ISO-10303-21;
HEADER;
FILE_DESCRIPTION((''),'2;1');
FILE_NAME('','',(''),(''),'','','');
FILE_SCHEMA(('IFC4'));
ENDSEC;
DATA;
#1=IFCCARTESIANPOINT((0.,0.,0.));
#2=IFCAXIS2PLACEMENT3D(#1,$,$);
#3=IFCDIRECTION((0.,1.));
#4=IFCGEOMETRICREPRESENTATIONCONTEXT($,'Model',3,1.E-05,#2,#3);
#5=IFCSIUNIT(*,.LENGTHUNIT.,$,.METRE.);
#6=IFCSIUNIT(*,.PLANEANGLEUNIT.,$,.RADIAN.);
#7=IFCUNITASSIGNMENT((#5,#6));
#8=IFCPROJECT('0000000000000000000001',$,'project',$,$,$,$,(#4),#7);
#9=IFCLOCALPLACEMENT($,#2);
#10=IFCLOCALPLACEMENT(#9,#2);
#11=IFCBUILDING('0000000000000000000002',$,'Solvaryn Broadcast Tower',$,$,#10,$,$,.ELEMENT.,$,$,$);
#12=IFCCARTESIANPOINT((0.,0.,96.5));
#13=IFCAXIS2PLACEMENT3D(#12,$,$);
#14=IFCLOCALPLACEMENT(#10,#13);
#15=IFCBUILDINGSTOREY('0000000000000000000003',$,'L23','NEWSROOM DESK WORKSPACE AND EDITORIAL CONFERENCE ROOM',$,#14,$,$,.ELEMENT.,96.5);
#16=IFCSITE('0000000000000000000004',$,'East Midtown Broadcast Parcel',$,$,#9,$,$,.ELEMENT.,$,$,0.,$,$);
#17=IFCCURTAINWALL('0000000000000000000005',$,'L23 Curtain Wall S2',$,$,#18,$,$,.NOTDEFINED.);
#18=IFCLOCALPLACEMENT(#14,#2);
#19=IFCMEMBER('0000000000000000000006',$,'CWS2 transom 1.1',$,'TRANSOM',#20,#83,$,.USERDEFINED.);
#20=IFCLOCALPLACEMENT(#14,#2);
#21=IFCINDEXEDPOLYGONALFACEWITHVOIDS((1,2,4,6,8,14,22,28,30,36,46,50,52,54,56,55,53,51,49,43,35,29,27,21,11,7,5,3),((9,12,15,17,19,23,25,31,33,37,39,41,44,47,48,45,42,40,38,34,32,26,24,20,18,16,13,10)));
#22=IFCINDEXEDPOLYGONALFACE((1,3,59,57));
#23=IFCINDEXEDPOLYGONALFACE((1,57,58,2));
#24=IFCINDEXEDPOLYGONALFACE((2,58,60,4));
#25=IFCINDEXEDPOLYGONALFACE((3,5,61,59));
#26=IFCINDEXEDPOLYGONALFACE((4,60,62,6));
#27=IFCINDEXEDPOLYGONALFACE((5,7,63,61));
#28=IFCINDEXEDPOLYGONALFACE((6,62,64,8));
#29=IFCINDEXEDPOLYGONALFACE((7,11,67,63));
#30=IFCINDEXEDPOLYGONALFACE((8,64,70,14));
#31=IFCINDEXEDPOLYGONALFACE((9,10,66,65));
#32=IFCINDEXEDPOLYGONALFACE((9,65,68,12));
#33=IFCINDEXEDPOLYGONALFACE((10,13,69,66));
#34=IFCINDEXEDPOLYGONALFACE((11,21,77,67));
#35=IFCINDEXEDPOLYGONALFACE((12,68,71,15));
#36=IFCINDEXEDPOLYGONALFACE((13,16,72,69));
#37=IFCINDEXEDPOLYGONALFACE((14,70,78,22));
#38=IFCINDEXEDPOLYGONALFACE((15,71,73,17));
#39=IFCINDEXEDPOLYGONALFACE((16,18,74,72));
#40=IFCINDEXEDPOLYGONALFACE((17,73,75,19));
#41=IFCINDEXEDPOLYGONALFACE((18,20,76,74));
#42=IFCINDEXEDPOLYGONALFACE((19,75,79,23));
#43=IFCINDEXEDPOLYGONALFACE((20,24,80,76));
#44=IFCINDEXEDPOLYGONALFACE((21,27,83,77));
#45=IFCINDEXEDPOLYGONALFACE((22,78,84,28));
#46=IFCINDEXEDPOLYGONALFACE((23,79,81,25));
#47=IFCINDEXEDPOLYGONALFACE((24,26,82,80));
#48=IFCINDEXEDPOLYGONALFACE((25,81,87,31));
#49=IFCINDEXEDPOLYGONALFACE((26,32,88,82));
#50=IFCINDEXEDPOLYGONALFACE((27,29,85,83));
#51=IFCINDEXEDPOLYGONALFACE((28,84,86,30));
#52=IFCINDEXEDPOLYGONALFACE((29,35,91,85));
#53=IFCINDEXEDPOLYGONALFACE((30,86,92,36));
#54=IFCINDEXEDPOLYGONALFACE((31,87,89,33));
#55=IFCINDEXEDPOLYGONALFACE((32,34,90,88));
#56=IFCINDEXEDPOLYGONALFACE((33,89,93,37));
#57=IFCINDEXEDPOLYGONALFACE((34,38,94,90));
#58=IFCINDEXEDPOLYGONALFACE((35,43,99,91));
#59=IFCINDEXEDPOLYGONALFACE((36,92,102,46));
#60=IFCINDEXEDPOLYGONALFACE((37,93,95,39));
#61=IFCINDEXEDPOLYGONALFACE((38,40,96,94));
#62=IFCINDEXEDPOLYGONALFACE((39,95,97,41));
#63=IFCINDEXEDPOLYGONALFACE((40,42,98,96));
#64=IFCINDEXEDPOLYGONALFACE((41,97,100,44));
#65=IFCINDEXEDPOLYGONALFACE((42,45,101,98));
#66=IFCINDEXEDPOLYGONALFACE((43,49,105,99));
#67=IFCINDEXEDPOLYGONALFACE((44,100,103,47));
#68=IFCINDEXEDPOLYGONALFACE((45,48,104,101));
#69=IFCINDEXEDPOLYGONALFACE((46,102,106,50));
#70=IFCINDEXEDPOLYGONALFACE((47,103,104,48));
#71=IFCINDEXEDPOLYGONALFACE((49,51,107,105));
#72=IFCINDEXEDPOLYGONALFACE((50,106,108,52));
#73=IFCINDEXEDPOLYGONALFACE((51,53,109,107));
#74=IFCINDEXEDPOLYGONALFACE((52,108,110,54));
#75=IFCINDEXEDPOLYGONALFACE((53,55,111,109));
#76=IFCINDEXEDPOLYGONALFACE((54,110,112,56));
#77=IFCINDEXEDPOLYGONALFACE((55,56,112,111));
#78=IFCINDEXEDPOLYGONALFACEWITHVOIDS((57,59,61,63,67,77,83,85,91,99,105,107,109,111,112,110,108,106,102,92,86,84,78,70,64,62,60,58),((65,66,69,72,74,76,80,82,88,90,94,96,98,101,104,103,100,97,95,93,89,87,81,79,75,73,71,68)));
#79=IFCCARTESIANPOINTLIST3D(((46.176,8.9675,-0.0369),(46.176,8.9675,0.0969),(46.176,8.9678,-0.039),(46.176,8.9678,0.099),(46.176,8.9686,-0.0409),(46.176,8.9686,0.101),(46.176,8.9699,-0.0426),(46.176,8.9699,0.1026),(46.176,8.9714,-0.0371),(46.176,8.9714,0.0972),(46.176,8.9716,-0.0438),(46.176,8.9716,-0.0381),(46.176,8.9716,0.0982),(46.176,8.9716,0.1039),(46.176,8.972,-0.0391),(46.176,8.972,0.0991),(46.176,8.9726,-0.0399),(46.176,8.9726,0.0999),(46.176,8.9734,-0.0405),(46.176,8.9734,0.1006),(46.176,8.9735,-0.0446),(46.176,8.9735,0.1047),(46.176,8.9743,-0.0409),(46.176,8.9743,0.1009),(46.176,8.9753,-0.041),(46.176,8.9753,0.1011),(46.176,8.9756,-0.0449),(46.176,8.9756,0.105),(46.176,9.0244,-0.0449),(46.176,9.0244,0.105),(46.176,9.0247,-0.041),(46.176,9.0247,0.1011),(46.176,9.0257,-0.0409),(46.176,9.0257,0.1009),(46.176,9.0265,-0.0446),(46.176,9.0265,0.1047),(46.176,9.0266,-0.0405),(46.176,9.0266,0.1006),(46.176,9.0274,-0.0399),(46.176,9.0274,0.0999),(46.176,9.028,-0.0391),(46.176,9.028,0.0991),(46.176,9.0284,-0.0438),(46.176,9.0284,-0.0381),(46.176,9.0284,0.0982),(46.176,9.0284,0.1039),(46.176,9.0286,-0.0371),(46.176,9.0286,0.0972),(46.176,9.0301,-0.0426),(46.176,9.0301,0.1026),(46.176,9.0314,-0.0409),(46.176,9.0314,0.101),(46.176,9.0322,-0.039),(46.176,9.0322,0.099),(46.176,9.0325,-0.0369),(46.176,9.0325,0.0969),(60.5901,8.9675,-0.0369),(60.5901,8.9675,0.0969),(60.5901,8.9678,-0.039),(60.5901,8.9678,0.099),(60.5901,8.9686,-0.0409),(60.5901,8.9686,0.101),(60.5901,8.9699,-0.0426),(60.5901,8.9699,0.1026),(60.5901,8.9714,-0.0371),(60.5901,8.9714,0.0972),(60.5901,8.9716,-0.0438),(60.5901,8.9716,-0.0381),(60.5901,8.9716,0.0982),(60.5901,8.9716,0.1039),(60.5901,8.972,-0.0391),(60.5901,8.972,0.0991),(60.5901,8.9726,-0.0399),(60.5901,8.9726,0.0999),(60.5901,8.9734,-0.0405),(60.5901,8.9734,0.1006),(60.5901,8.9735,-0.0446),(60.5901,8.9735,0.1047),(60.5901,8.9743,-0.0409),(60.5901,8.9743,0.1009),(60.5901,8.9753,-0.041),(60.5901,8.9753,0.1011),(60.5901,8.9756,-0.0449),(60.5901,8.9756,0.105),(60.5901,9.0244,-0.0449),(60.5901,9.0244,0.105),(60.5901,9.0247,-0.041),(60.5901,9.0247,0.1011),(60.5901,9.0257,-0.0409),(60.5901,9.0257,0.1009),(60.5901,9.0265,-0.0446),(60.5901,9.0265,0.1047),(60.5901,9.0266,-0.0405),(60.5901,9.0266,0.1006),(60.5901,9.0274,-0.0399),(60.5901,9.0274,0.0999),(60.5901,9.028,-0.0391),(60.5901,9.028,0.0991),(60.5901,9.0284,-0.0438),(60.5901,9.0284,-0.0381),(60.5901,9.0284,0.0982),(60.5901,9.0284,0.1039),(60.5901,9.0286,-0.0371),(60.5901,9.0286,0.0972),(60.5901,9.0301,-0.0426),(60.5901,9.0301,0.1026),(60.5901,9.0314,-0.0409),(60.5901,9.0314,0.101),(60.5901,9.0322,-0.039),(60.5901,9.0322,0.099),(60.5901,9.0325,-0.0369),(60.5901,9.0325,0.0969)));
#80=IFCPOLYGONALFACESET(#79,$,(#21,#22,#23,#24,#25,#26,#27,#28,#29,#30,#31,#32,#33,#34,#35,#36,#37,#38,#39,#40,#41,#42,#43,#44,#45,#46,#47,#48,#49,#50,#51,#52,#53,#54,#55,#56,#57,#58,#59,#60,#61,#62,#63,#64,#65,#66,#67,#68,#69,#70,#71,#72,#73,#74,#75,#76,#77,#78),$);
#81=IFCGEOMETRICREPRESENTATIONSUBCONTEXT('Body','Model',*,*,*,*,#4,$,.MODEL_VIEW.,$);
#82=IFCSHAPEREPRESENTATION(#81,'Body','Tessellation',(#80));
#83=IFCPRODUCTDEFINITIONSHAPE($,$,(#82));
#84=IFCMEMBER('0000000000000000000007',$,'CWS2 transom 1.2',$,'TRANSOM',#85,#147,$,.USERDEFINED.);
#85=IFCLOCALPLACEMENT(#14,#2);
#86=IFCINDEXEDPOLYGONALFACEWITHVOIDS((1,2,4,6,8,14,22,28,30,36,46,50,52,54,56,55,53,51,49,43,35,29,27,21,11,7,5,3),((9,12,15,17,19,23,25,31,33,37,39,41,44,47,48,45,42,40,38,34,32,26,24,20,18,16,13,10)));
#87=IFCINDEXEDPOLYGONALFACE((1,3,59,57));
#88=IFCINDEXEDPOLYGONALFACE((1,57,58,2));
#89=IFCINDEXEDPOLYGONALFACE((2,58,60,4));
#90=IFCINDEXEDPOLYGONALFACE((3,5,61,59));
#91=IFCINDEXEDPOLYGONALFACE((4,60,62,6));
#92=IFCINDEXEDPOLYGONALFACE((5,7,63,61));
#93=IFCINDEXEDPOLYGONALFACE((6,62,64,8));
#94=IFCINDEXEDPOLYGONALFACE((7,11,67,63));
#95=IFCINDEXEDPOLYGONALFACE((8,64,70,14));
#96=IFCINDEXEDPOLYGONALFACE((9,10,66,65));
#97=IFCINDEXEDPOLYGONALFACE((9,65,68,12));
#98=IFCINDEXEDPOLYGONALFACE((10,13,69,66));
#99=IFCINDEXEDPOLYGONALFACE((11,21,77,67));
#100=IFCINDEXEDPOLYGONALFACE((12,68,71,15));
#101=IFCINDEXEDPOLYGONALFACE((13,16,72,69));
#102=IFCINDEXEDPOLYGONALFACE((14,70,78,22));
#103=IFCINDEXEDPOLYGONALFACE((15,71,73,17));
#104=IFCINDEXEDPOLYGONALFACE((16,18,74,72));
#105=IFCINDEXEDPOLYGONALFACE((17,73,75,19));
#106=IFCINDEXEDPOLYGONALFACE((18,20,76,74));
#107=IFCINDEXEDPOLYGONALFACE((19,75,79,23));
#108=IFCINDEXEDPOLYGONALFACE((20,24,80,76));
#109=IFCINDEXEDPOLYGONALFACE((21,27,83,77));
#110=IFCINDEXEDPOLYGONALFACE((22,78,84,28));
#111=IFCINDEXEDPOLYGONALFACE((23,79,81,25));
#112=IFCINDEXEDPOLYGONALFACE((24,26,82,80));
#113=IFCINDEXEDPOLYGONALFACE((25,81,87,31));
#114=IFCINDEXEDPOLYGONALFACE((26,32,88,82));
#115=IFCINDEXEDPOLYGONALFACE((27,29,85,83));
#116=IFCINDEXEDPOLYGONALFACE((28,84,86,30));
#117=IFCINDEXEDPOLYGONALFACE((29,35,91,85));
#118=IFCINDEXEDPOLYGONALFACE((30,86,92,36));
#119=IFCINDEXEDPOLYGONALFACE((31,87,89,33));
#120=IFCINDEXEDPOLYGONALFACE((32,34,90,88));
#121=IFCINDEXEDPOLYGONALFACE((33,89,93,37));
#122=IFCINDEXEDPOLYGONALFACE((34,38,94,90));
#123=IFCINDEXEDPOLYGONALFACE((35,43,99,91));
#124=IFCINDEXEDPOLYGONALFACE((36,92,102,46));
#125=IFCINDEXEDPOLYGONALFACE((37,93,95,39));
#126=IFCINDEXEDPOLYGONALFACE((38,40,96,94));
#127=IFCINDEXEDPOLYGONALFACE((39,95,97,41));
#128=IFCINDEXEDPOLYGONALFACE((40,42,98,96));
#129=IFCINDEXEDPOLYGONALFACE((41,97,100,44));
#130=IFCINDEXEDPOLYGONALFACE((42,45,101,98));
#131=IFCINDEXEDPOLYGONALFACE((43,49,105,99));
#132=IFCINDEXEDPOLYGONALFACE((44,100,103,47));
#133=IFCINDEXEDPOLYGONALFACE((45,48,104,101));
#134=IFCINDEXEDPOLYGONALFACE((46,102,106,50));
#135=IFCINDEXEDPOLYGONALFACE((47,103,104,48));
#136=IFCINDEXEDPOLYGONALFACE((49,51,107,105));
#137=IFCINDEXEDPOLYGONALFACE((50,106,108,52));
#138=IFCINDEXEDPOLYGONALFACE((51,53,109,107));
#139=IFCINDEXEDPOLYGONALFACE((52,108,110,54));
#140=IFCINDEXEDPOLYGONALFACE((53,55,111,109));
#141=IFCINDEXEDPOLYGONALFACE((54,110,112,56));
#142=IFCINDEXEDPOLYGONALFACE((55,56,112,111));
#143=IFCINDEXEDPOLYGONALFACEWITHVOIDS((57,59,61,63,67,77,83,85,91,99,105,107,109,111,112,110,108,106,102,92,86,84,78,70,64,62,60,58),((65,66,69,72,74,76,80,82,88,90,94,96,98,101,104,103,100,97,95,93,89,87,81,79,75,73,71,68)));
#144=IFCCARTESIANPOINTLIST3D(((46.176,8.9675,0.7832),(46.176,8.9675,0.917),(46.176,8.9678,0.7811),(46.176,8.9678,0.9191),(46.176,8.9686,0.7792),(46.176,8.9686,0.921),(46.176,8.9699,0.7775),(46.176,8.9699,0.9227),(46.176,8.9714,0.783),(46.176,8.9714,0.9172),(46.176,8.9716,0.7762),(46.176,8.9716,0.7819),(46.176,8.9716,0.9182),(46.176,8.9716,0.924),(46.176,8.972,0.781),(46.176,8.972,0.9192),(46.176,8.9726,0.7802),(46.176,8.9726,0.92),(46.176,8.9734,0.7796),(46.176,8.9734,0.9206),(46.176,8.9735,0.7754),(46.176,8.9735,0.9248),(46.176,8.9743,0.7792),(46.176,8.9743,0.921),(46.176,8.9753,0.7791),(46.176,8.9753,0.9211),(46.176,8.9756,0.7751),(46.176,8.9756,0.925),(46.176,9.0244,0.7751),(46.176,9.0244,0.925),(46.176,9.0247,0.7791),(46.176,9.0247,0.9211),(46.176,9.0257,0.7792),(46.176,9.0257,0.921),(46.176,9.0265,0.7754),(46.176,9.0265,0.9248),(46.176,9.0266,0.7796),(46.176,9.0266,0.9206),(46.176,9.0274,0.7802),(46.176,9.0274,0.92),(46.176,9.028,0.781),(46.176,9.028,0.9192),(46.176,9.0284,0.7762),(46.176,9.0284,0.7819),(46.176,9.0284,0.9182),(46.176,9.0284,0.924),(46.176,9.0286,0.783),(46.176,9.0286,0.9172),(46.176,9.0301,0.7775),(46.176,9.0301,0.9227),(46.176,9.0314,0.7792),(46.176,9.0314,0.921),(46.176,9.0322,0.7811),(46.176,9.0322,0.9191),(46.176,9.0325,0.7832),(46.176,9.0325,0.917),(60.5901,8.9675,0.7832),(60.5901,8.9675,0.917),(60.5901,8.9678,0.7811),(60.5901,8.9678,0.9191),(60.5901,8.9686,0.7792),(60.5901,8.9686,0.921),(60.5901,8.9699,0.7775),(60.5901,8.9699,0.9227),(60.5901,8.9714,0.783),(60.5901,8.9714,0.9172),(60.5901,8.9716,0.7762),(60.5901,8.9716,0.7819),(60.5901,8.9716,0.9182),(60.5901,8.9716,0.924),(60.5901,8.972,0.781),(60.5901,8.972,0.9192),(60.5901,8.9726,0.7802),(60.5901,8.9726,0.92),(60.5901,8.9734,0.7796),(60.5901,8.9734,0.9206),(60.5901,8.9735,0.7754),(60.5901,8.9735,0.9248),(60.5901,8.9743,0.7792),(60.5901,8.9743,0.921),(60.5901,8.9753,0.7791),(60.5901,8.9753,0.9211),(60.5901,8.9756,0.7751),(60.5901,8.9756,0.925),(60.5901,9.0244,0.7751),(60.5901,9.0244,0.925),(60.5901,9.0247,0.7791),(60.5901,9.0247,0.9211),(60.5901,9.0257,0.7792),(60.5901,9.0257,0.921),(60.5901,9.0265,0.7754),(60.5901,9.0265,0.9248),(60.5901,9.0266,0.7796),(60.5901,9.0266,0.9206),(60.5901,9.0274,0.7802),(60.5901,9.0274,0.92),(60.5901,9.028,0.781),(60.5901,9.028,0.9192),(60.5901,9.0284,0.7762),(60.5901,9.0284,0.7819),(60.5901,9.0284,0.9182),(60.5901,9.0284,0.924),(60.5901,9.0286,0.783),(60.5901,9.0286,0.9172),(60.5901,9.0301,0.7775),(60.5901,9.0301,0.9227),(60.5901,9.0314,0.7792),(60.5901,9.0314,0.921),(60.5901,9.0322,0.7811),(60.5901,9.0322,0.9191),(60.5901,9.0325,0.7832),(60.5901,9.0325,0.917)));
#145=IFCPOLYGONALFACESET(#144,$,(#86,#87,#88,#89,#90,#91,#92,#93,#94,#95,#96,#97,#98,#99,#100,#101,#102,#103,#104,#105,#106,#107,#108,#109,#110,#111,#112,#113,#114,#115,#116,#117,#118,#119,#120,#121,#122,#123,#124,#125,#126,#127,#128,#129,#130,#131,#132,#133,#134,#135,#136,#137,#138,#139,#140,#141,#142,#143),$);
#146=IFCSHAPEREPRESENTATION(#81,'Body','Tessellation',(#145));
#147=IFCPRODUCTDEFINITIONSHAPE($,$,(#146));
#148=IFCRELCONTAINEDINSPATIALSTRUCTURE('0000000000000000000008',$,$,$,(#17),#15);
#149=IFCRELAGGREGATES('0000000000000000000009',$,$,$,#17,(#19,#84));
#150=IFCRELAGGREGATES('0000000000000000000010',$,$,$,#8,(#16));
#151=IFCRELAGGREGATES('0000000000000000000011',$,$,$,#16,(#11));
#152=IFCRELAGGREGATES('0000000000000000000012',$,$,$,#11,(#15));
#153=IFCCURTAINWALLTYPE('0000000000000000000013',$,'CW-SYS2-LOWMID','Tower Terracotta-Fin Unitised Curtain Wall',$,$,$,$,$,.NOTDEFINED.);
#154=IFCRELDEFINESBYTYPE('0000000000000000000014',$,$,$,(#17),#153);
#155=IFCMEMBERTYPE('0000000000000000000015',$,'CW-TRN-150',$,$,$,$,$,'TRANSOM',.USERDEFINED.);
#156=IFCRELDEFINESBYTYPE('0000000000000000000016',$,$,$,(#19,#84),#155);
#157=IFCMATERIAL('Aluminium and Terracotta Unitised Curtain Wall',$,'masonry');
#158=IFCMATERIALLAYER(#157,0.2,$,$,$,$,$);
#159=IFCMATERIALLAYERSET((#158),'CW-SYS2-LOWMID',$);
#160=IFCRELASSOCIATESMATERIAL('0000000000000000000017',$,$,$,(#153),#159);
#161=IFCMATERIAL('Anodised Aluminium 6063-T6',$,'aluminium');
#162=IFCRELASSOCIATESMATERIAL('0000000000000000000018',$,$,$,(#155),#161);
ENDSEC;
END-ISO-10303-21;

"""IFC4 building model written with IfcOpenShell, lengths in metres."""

from ifc_helpers import new_model, si_unit, direction, frame, origin, origin_2d, place, context, subcontext, project, spatial, hollow_rectangle, extrude, material, layer, layer_set, material_profile, profile_set, type_object, element, aggregate, save


model = new_model("IFC4")

# Units and contexts
model_context = context("Model", 3, precision=1e-05, world=origin(), true_north=direction((0.0, 1.0)))
body_context = subcontext(model_context, "Body", "Model", "MODEL_VIEW")
ifc_project = project(units=[si_unit("LENGTHUNIT", "METRE"), si_unit("PLANEANGLEUNIT", "RADIAN")], contexts=[model_context])

# Site, building, storey
site_placement = place(None, origin())
site = spatial("IfcSite", under=ifc_project, at=site_placement, Name="East Midtown Broadcast Parcel", CompositionType="ELEMENT", RefElevation=0.0)
building_placement = place(site_placement, origin())
building = spatial("IfcBuilding", under=site, at=building_placement, Name="Solvaryn Broadcast Tower", CompositionType="ELEMENT")
storey_placement = place(building_placement, frame((0.0, 0.0, 96.5)))
storey = spatial("IfcBuildingStorey", under=building, at=storey_placement, Name="L23", Description="NEWSROOM DESK WORKSPACE AND EDITORIAL CONFERENCE ROOM", CompositionType="ELEMENT", Elevation=96.5)

# Shared definitions
ifc_material_1 = material(Name="Aluminium and Terracotta Unitised Curtain Wall", Category="masonry")
ifc_layer_1 = layer(ifc_material_1, 0.2)
ifc_layer_set_1 = layer_set([ifc_layer_1], Name="CW-SYS2-LOWMID")
curtain_wall_type = type_object("IfcCurtainWallType", Name="CW-SYS2-LOWMID", Description="Tower Terracotta-Fin Unitised Curtain Wall", PredefinedType="NOTDEFINED", material=ifc_layer_set_1)

# Curtain wall, members
curtain_wall_1_placement = place(storey_placement, origin())
curtain_wall_1 = element("IfcCurtainWall", 1, at=curtain_wall_1_placement, inside=storey, type_object=curtain_wall_type, Name="L23 Curtain Wall S2", PredefinedType="NOTDEFINED")
ifc_material_2 = material(Name="Anodised Aluminium 6063-T6", Category="aluminium")
ifc_material_profile_1 = material_profile(ifc_material_2, hollow_rectangle(XDim=0.0649, YDim=0.1499, WallThickness=0.0039, InnerFilletRadius=0.0039, OuterFilletRadius=0.0081, at=origin_2d()))
ifc_profile_set_1 = profile_set([ifc_material_profile_1], Name="Anodised Aluminium 6063-T6")
member_type_1 = type_object("IfcMemberType", Name="CW-TRN-150", ElementType="TRANSOM", PredefinedType="USERDEFINED", material=ifc_profile_set_1)
member_1_placement = place(storey_placement, frame((46.176, 9.0, 0.03), z_axis=(1.0, 0.0, 0.0), x_axis=(0.0, 1.0, 0.0)))
member_1 = element("IfcMember", 2, at=member_1_placement, type_object=member_type_1, Name="CWS2 transom 1.1", ObjectType="TRANSOM", PredefinedType="USERDEFINED", context=body_context, shape_type="SweptSolid", body=[
    extrude(hollow_rectangle(XDim=0.0649, YDim=0.1499, WallThickness=0.0039, InnerFilletRadius=0.0039, OuterFilletRadius=0.0081, at=origin_2d()), origin(), (0.0, 0.0, 1.0), 14.4141),
])
member_2_placement = place(storey_placement, frame((46.176, 9.0, 0.8501), z_axis=(1.0, 0.0, 0.0), x_axis=(0.0, 1.0, 0.0)))
member_2 = element("IfcMember", 3, at=member_2_placement, type_object=member_type_1, Name="CWS2 transom 1.2", ObjectType="TRANSOM", PredefinedType="USERDEFINED", context=body_context, shape_type="SweptSolid", body=[
    extrude(hollow_rectangle(XDim=0.0649, YDim=0.1499, WallThickness=0.0039, InnerFilletRadius=0.0039, OuterFilletRadius=0.0081, at=origin_2d()), origin(), (0.0, 0.0, 1.0), 14.4141),
])
aggregate(curtain_wall_1, [member_1, member_2])

save(model, "model.ifc")
